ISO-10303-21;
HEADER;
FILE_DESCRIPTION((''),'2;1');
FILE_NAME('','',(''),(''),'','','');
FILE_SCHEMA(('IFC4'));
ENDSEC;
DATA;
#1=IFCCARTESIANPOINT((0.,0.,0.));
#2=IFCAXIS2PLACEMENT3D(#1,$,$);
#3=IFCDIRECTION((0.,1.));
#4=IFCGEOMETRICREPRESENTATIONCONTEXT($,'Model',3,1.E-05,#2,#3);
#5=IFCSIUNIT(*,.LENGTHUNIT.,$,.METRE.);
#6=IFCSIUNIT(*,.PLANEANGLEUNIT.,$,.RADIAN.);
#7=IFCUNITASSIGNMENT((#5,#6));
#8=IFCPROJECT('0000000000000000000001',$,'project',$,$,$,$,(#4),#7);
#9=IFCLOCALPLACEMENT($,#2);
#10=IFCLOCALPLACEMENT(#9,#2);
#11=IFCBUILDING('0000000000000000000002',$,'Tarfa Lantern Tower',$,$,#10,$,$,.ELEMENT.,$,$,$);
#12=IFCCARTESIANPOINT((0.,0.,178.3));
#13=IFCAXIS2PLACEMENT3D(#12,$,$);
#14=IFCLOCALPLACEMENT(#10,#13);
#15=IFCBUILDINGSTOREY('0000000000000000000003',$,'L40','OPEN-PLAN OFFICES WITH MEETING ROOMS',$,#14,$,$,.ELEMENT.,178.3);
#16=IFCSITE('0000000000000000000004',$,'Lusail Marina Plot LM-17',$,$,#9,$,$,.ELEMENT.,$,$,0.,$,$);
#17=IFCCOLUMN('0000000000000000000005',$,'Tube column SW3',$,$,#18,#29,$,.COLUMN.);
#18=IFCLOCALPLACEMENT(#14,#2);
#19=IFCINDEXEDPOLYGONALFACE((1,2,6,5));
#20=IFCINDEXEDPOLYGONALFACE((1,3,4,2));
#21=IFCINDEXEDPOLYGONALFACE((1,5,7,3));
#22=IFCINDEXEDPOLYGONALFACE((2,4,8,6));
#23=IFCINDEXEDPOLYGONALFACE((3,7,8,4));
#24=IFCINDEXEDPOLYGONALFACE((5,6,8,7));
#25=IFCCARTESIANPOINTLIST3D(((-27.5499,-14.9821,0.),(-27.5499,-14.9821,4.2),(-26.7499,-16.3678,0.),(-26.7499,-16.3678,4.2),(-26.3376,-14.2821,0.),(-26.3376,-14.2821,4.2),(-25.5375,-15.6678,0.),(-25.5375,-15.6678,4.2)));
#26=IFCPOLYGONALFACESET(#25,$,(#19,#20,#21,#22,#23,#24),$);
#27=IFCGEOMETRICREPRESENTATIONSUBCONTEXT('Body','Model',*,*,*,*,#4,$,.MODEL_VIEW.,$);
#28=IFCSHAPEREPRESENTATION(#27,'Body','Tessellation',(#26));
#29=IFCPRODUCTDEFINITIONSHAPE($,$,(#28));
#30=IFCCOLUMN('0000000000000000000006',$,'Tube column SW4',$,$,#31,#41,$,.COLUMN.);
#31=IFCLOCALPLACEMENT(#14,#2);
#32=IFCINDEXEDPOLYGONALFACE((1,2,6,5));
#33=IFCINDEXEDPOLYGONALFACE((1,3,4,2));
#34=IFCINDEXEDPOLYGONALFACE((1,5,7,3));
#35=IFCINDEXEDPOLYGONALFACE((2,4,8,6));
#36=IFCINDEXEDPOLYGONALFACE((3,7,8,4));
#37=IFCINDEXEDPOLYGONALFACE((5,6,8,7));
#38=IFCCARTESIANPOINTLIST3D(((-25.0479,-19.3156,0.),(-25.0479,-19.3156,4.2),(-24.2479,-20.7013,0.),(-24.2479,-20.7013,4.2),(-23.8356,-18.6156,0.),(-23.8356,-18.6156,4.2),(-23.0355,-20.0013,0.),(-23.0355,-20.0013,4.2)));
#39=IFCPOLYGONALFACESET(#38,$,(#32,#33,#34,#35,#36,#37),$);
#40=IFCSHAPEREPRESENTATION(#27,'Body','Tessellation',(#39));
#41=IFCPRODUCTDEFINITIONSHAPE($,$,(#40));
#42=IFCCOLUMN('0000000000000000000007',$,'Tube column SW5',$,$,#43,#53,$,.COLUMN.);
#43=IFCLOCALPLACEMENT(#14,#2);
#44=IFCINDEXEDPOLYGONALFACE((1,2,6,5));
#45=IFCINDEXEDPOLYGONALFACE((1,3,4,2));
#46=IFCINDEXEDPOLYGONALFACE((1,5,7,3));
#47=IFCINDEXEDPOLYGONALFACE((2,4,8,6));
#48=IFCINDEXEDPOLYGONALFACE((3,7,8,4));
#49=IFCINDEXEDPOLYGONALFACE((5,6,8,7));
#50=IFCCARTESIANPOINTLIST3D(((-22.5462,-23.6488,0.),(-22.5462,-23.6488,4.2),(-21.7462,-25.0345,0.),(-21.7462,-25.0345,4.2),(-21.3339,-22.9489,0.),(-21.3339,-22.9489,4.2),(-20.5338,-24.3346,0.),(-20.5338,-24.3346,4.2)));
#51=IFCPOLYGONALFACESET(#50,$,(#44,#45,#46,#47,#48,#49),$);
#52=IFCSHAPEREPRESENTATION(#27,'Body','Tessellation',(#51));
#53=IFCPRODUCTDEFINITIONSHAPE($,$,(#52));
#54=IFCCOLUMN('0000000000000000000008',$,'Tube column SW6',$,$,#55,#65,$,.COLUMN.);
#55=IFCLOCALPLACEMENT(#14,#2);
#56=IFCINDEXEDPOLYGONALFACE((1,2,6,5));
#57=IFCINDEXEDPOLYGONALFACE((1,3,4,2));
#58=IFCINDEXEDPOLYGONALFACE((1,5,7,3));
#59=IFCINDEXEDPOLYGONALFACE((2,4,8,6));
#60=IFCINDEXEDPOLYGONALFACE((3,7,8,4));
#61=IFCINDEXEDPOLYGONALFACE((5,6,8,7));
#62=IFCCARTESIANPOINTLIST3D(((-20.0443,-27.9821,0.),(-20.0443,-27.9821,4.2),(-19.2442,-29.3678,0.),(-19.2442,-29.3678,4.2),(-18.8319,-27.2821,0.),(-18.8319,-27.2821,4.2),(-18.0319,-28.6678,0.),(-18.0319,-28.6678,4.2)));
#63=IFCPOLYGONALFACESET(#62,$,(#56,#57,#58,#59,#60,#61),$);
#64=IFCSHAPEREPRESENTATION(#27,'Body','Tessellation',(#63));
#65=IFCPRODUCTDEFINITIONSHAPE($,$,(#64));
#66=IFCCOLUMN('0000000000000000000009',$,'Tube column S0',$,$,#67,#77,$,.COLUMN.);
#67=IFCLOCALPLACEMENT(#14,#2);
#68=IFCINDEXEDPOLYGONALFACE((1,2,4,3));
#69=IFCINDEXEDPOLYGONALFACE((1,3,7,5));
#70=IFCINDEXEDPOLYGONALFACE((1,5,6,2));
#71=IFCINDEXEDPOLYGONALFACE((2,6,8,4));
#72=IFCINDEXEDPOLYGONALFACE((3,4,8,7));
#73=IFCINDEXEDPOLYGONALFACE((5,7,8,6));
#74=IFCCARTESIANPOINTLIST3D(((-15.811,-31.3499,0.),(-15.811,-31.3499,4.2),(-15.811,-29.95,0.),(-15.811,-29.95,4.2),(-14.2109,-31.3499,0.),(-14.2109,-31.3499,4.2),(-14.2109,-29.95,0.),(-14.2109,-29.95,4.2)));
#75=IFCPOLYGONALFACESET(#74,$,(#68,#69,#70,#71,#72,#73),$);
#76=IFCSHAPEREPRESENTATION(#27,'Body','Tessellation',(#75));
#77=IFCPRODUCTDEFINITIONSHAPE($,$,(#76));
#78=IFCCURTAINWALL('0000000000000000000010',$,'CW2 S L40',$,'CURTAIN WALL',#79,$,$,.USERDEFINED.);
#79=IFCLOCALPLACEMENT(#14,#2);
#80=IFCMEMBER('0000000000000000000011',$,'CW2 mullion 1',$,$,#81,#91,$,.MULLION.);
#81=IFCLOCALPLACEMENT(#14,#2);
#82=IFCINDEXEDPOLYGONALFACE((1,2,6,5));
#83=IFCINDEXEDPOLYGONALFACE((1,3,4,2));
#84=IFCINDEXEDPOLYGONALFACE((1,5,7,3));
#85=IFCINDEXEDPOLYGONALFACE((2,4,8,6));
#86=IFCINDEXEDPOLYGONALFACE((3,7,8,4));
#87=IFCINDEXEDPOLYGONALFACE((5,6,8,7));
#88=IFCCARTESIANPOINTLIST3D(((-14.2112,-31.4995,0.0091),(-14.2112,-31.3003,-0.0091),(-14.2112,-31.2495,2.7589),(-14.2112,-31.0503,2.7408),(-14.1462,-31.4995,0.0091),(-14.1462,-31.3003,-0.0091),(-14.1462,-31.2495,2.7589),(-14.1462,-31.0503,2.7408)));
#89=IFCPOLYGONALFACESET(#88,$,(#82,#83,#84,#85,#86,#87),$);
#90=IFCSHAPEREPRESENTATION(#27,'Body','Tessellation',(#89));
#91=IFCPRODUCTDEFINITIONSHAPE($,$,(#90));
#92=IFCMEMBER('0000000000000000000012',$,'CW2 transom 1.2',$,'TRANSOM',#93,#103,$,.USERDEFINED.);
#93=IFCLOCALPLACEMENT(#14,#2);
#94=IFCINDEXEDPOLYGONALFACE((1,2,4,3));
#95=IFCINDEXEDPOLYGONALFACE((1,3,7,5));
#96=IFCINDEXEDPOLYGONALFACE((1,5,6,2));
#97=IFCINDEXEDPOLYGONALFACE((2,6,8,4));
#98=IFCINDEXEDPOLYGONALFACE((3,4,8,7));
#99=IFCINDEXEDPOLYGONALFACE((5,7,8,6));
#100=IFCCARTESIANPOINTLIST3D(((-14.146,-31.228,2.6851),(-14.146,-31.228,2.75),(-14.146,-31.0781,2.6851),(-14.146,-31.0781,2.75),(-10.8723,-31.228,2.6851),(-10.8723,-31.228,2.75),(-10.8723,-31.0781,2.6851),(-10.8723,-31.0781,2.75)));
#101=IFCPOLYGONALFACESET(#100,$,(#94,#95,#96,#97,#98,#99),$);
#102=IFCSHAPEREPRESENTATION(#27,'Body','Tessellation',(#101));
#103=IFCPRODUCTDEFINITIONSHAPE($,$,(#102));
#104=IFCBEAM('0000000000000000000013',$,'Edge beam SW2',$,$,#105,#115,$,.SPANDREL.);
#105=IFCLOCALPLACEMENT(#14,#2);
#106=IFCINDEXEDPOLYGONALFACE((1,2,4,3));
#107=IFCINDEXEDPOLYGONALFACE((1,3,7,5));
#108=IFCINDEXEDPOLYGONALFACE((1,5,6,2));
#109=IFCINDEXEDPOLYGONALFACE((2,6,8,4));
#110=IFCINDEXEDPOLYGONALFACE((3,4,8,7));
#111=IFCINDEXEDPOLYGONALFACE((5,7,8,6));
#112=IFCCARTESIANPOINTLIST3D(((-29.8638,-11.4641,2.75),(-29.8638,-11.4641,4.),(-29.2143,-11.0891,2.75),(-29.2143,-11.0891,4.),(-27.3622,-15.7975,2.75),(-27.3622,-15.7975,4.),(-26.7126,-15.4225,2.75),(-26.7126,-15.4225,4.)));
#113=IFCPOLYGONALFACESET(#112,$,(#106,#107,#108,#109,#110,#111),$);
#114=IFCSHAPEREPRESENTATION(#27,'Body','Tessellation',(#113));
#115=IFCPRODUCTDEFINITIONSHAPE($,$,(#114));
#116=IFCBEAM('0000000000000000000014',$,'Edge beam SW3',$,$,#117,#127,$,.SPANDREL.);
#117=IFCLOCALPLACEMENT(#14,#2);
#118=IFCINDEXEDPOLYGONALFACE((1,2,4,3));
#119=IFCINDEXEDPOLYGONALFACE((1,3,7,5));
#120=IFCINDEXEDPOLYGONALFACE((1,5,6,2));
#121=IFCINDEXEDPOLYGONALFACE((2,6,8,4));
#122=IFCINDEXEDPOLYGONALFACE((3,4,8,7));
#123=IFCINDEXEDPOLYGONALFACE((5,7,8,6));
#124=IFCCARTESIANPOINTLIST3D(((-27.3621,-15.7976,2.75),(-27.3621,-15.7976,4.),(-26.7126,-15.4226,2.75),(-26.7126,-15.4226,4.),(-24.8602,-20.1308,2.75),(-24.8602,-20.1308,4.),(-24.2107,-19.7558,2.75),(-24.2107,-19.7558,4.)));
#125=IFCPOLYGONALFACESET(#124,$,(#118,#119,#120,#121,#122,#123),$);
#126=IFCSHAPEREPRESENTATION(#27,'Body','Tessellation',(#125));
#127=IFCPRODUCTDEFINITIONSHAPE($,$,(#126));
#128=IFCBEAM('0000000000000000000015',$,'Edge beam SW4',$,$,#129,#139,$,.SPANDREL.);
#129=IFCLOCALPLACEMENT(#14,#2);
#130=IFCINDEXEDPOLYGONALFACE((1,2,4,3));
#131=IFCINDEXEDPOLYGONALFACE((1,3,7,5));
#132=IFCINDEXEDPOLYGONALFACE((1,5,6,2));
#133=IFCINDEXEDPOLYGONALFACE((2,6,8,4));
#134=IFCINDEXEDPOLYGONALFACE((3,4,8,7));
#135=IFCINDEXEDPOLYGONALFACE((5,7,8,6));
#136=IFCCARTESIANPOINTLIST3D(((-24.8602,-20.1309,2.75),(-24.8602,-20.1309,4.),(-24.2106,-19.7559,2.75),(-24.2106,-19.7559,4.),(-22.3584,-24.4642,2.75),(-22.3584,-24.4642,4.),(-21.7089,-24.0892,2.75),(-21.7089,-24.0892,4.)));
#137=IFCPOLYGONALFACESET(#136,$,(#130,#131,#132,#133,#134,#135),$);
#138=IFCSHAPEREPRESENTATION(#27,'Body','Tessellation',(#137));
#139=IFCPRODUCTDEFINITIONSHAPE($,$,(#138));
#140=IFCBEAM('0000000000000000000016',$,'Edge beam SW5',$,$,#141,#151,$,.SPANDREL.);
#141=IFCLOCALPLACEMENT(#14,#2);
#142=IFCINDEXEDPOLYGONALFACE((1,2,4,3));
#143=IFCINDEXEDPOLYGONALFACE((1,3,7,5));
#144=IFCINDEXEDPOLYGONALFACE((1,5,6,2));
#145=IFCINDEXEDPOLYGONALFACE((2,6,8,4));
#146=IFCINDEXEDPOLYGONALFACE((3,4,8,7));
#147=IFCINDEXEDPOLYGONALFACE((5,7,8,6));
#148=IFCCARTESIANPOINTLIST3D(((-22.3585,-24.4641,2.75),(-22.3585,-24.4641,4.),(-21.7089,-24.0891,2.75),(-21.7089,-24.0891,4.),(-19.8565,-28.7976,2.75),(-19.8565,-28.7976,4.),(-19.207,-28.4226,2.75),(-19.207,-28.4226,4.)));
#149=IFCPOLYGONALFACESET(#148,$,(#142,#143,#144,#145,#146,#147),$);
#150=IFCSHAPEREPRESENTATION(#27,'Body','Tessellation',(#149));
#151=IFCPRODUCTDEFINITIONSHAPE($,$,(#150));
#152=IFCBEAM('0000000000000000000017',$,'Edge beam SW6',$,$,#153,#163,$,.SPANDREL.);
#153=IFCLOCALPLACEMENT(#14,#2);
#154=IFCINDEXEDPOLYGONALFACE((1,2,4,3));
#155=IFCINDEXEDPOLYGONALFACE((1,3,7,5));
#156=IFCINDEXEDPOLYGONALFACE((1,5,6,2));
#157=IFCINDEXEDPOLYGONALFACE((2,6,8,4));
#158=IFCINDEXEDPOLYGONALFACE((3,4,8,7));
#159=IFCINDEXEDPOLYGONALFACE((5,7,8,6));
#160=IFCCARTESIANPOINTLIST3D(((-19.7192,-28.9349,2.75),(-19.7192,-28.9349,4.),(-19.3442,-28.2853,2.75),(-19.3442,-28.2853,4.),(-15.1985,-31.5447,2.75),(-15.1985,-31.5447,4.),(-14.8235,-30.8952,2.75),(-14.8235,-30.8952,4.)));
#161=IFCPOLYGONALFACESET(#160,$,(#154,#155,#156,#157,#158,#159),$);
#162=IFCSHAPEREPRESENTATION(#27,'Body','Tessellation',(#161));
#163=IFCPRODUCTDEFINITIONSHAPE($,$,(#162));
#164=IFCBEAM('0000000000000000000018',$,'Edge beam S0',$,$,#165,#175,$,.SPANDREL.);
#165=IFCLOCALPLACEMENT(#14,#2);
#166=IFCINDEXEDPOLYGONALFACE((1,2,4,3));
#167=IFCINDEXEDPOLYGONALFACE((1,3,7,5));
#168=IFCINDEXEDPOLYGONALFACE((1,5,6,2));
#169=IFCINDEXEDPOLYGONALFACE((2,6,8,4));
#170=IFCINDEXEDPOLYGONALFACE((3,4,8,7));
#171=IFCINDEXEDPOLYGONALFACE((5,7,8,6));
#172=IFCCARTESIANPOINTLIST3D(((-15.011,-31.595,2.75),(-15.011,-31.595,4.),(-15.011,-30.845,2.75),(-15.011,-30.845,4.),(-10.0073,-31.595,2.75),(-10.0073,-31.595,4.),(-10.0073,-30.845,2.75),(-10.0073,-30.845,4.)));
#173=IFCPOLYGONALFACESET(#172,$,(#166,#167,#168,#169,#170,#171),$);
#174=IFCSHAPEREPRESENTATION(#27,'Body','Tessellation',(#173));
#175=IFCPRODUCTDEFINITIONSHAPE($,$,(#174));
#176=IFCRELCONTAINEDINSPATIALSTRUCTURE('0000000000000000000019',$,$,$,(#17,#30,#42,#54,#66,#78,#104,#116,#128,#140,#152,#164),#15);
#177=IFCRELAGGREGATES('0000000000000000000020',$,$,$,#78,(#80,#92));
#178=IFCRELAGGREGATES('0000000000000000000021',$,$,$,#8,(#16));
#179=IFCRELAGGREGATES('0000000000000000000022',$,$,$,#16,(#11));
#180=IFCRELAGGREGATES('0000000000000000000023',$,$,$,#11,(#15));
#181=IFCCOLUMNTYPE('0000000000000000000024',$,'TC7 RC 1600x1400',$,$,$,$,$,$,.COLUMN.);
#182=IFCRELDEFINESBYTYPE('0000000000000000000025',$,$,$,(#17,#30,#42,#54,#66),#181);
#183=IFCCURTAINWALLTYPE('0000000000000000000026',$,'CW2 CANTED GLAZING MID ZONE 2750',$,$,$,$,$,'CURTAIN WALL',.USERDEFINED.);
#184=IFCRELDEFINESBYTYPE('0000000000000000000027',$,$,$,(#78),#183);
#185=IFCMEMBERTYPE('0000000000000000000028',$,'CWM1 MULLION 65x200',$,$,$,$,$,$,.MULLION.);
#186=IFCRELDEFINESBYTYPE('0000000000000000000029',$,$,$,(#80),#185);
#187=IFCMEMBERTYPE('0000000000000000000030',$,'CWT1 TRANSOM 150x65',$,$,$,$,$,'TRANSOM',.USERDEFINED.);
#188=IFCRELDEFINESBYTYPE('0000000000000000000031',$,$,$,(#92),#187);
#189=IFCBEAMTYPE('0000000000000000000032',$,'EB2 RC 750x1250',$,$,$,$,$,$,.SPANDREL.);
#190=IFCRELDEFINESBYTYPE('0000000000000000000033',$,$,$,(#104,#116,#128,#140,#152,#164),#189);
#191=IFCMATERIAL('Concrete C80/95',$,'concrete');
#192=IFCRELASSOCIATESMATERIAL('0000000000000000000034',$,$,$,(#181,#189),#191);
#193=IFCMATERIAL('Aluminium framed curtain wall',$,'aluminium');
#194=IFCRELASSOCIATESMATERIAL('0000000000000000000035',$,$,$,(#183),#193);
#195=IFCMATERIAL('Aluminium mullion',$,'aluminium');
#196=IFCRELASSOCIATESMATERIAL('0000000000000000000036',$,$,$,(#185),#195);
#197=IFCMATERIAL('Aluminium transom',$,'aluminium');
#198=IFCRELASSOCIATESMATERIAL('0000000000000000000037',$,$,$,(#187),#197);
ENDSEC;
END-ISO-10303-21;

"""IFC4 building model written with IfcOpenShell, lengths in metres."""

from ifc_helpers import new_model, si_unit, direction, frame, origin, origin_2d, place, context, subcontext, project, spatial, rectangle, extrude, material, material_profile, profile_set, type_object, element, aggregate, save


model = new_model("IFC4")

# Units and contexts
model_context = context("Model", 3, precision=1e-05, world=origin(), true_north=direction((0.0, 1.0)))
body_context = subcontext(model_context, "Body", "Model", "MODEL_VIEW")
ifc_project = project(units=[si_unit("LENGTHUNIT", "METRE"), si_unit("PLANEANGLEUNIT", "RADIAN")], contexts=[model_context])

# Site, building, storey
site_placement = place(None, origin())
site = spatial("IfcSite", under=ifc_project, at=site_placement, Name="Lusail Marina Plot LM-17", CompositionType="ELEMENT", RefElevation=0.0)
building_placement = place(site_placement, origin())
building = spatial("IfcBuilding", under=site, at=building_placement, Name="Tarfa Lantern Tower", CompositionType="ELEMENT")
storey_placement = place(building_placement, frame((0.0, 0.0, 178.3)))
storey = spatial("IfcBuildingStorey", under=building, at=storey_placement, Name="L40", Description="OPEN-PLAN OFFICES WITH MEETING ROOMS", CompositionType="ELEMENT", Elevation=178.3)

# Columns
ifc_material_1 = material(Name="Concrete C80/95", Category="concrete")
ifc_material_profile_1 = material_profile(ifc_material_1, rectangle(XDim=1.6001, YDim=1.3999, at=origin_2d()), Name="RC 1600x1400")
ifc_profile_set_1 = profile_set([ifc_material_profile_1], Name="Concrete C80/95")
column_type = type_object("IfcColumnType", Name="TC7 RC 1600x1400", PredefinedType="COLUMN", material=ifc_profile_set_1)
for number, where, z_axis, x_axis, name in (
    (1, (-26.5437, -15.325, 0.0), (0.0, 0.0, 1.0), (0.5, -0.866025, 0.0), "Tube column SW3"),
    (2, (-24.0417, -19.6584, 0.0), (0.0, 0.0, 1.0), (0.5, -0.866025, 0.0), "Tube column SW4"),
    (3, (-21.54, -23.9917, 0.0), (0.0, 0.0, 1.0), (0.5, -0.866025, 0.0), "Tube column SW5"),
    (4, (-19.0381, -28.325, 0.0), (0.0, 0.0, 1.0), (0.5, -0.866025, 0.0), "Tube column SW6"),
    (5, (-15.011, -30.6499, 0.0), (0.0, 0.0, 1.0), (1.0, 0.0, 0.0), "Tube column S0"),
):
    element("IfcColumn", number, at=place(storey_placement, frame(where, z_axis=z_axis, x_axis=x_axis)), inside=storey, type_object=column_type, Name=name, PredefinedType="COLUMN", context=body_context, shape_type="SweptSolid", body=[
        extrude(rectangle(XDim=1.6001, YDim=1.3999, at=origin_2d()), origin(), (0.0, 0.0, 1.0), 4.2),
    ])

# Curtain wall, members
ifc_material_2 = material(Name="Aluminium framed curtain wall", Category="aluminium")
curtain_wall_type = type_object("IfcCurtainWallType", Name="CW2 CANTED GLAZING MID ZONE 2750", ElementType="CURTAIN WALL", PredefinedType="USERDEFINED", material=ifc_material_2)
curtain_wall_placement = place(storey_placement, origin())
curtain_wall = element("IfcCurtainWall", 6, at=curtain_wall_placement, inside=storey, type_object=curtain_wall_type, Name="CW2 S L40", ObjectType="CURTAIN WALL", PredefinedType="USERDEFINED")
ifc_material_3 = material(Name="Aluminium mullion", Category="aluminium")
ifc_material_profile_2 = material_profile(ifc_material_3, rectangle(XDim=0.0649, YDim=0.2, at=origin_2d()), Name="AL MULLION 65x200")
ifc_profile_set_2 = profile_set([ifc_material_profile_2], Name="Aluminium mullion")
member_type_1 = type_object("IfcMemberType", Name="CWM1 MULLION 65x200", PredefinedType="MULLION", material=ifc_profile_set_2)
member_1_placement = place(storey_placement, frame((-14.1787, -31.3999, 0.0), z_axis=(0.0, 0.090536, 0.995893), x_axis=(-1.0, 0.0, 0.0)))
member_1 = element("IfcMember", 7, at=member_1_placement, type_object=member_type_1, Name="CW2 mullion 1", PredefinedType="MULLION", context=body_context, shape_type="SweptSolid", body=[
    extrude(rectangle(XDim=0.0649, YDim=0.2, at=origin_2d()), origin(), (0.0, 0.0, 1.0), 2.7612),
])
ifc_material_4 = material(Name="Aluminium transom", Category="aluminium")
ifc_material_profile_3 = material_profile(ifc_material_4, rectangle(XDim=0.1499, YDim=0.0649, at=origin_2d()), Name="AL TRANSOM 150x65")
ifc_profile_set_3 = profile_set([ifc_material_profile_3], Name="Aluminium transom")
member_type_2 = type_object("IfcMemberType", Name="CWT1 TRANSOM 150x65", ElementType="TRANSOM", PredefinedType="USERDEFINED", material=ifc_profile_set_3)
member_2_placement = place(storey_placement, frame((-14.146, -31.1531, 2.7175), z_axis=(1.0, 0.0, 0.0), x_axis=(0.0, 1.0, 0.0)))
member_2 = element("IfcMember", 8, at=member_2_placement, type_object=member_type_2, Name="CW2 transom 1.2", ObjectType="TRANSOM", PredefinedType="USERDEFINED", context=body_context, shape_type="SweptSolid", body=[
    extrude(rectangle(XDim=0.1499, YDim=0.0649, at=origin_2d()), origin(), (0.0, 0.0, 1.0), 3.2737),
])

# Beams
ifc_material_profile_4 = material_profile(ifc_material_1, rectangle(XDim=0.75, YDim=1.25, at=origin_2d()), Name="RC 750x1250")
ifc_profile_set_4 = profile_set([ifc_material_profile_4], Name="Concrete C80/95")
beam_type_1 = type_object("IfcBeamType", Name="EB2 RC 750x1250", PredefinedType="SPANDREL", material=ifc_profile_set_4)
for number, where, z_axis, x_axis, name in (
    (9, (-29.5391, -11.2766, 3.375), (0.499965, -0.866046, 0.0), (0.866046, 0.499965, 0.0), "Edge beam SW2"),
    (10, (-27.0374, -15.6101, 3.375), (0.500022, -0.866013, 0.0), (0.866013, 0.500022, 0.0), "Edge beam SW3"),
    (11, (-24.5354, -19.9434, 3.375), (0.499986, -0.866034, 0.0), (0.866034, 0.499986, 0.0), "Edge beam SW4"),
):
    element("IfcBeam", number, at=place(storey_placement, frame(where, z_axis=z_axis, x_axis=x_axis)), inside=storey, type_object=beam_type_1, Name=name, PredefinedType="SPANDREL", context=body_context, shape_type="SweptSolid", body=[
        extrude(rectangle(XDim=0.75, YDim=1.25, at=origin_2d()), origin(), (0.0, 0.0, 1.0), 5.0037),
    ])
beam_1_placement = place(storey_placement, frame((-22.0337, -24.2766, 3.375), z_axis=(0.500001, -0.866025, 0.0), x_axis=(0.866025, 0.500001, 0.0)))
element("IfcBeam", 12, at=beam_1_placement, inside=storey, type_object=beam_type_1, Name="Edge beam SW5", PredefinedType="SPANDREL", context=body_context, shape_type="SweptSolid", body=[
    extrude(rectangle(XDim=0.75, YDim=1.25, at=origin_2d()), origin(), (0.0, 0.0, 1.0), 5.0039),
])
beam_2_placement = place(storey_placement, frame((-19.5317, -28.6101, 3.375), z_axis=(0.866042, -0.499972, 0.0), x_axis=(0.499972, 0.866042, 0.0)))
element("IfcBeam", 13, at=beam_2_placement, inside=storey, type_object=beam_type_1, Name="Edge beam SW6", PredefinedType="SPANDREL", context=body_context, shape_type="SweptSolid", body=[
    extrude(rectangle(XDim=0.75, YDim=1.25, at=origin_2d()), origin(), (0.0, 0.0, 1.0), 5.22),
])
beam_3_placement = place(storey_placement, frame((-15.011, -31.22, 3.375), z_axis=(1.0, 0.0, 0.0), x_axis=(0.0, 1.0, 0.0)))
element("IfcBeam", 14, at=beam_3_placement, inside=storey, type_object=beam_type_1, Name="Edge beam S0", PredefinedType="SPANDREL", context=body_context, shape_type="SweptSolid", body=[
    extrude(rectangle(XDim=0.75, YDim=1.25, at=origin_2d()), origin(), (0.0, 0.0, 1.0), 5.0037),
])

aggregate(curtain_wall, [member_1, member_2])

save(model, "model.ifc")
